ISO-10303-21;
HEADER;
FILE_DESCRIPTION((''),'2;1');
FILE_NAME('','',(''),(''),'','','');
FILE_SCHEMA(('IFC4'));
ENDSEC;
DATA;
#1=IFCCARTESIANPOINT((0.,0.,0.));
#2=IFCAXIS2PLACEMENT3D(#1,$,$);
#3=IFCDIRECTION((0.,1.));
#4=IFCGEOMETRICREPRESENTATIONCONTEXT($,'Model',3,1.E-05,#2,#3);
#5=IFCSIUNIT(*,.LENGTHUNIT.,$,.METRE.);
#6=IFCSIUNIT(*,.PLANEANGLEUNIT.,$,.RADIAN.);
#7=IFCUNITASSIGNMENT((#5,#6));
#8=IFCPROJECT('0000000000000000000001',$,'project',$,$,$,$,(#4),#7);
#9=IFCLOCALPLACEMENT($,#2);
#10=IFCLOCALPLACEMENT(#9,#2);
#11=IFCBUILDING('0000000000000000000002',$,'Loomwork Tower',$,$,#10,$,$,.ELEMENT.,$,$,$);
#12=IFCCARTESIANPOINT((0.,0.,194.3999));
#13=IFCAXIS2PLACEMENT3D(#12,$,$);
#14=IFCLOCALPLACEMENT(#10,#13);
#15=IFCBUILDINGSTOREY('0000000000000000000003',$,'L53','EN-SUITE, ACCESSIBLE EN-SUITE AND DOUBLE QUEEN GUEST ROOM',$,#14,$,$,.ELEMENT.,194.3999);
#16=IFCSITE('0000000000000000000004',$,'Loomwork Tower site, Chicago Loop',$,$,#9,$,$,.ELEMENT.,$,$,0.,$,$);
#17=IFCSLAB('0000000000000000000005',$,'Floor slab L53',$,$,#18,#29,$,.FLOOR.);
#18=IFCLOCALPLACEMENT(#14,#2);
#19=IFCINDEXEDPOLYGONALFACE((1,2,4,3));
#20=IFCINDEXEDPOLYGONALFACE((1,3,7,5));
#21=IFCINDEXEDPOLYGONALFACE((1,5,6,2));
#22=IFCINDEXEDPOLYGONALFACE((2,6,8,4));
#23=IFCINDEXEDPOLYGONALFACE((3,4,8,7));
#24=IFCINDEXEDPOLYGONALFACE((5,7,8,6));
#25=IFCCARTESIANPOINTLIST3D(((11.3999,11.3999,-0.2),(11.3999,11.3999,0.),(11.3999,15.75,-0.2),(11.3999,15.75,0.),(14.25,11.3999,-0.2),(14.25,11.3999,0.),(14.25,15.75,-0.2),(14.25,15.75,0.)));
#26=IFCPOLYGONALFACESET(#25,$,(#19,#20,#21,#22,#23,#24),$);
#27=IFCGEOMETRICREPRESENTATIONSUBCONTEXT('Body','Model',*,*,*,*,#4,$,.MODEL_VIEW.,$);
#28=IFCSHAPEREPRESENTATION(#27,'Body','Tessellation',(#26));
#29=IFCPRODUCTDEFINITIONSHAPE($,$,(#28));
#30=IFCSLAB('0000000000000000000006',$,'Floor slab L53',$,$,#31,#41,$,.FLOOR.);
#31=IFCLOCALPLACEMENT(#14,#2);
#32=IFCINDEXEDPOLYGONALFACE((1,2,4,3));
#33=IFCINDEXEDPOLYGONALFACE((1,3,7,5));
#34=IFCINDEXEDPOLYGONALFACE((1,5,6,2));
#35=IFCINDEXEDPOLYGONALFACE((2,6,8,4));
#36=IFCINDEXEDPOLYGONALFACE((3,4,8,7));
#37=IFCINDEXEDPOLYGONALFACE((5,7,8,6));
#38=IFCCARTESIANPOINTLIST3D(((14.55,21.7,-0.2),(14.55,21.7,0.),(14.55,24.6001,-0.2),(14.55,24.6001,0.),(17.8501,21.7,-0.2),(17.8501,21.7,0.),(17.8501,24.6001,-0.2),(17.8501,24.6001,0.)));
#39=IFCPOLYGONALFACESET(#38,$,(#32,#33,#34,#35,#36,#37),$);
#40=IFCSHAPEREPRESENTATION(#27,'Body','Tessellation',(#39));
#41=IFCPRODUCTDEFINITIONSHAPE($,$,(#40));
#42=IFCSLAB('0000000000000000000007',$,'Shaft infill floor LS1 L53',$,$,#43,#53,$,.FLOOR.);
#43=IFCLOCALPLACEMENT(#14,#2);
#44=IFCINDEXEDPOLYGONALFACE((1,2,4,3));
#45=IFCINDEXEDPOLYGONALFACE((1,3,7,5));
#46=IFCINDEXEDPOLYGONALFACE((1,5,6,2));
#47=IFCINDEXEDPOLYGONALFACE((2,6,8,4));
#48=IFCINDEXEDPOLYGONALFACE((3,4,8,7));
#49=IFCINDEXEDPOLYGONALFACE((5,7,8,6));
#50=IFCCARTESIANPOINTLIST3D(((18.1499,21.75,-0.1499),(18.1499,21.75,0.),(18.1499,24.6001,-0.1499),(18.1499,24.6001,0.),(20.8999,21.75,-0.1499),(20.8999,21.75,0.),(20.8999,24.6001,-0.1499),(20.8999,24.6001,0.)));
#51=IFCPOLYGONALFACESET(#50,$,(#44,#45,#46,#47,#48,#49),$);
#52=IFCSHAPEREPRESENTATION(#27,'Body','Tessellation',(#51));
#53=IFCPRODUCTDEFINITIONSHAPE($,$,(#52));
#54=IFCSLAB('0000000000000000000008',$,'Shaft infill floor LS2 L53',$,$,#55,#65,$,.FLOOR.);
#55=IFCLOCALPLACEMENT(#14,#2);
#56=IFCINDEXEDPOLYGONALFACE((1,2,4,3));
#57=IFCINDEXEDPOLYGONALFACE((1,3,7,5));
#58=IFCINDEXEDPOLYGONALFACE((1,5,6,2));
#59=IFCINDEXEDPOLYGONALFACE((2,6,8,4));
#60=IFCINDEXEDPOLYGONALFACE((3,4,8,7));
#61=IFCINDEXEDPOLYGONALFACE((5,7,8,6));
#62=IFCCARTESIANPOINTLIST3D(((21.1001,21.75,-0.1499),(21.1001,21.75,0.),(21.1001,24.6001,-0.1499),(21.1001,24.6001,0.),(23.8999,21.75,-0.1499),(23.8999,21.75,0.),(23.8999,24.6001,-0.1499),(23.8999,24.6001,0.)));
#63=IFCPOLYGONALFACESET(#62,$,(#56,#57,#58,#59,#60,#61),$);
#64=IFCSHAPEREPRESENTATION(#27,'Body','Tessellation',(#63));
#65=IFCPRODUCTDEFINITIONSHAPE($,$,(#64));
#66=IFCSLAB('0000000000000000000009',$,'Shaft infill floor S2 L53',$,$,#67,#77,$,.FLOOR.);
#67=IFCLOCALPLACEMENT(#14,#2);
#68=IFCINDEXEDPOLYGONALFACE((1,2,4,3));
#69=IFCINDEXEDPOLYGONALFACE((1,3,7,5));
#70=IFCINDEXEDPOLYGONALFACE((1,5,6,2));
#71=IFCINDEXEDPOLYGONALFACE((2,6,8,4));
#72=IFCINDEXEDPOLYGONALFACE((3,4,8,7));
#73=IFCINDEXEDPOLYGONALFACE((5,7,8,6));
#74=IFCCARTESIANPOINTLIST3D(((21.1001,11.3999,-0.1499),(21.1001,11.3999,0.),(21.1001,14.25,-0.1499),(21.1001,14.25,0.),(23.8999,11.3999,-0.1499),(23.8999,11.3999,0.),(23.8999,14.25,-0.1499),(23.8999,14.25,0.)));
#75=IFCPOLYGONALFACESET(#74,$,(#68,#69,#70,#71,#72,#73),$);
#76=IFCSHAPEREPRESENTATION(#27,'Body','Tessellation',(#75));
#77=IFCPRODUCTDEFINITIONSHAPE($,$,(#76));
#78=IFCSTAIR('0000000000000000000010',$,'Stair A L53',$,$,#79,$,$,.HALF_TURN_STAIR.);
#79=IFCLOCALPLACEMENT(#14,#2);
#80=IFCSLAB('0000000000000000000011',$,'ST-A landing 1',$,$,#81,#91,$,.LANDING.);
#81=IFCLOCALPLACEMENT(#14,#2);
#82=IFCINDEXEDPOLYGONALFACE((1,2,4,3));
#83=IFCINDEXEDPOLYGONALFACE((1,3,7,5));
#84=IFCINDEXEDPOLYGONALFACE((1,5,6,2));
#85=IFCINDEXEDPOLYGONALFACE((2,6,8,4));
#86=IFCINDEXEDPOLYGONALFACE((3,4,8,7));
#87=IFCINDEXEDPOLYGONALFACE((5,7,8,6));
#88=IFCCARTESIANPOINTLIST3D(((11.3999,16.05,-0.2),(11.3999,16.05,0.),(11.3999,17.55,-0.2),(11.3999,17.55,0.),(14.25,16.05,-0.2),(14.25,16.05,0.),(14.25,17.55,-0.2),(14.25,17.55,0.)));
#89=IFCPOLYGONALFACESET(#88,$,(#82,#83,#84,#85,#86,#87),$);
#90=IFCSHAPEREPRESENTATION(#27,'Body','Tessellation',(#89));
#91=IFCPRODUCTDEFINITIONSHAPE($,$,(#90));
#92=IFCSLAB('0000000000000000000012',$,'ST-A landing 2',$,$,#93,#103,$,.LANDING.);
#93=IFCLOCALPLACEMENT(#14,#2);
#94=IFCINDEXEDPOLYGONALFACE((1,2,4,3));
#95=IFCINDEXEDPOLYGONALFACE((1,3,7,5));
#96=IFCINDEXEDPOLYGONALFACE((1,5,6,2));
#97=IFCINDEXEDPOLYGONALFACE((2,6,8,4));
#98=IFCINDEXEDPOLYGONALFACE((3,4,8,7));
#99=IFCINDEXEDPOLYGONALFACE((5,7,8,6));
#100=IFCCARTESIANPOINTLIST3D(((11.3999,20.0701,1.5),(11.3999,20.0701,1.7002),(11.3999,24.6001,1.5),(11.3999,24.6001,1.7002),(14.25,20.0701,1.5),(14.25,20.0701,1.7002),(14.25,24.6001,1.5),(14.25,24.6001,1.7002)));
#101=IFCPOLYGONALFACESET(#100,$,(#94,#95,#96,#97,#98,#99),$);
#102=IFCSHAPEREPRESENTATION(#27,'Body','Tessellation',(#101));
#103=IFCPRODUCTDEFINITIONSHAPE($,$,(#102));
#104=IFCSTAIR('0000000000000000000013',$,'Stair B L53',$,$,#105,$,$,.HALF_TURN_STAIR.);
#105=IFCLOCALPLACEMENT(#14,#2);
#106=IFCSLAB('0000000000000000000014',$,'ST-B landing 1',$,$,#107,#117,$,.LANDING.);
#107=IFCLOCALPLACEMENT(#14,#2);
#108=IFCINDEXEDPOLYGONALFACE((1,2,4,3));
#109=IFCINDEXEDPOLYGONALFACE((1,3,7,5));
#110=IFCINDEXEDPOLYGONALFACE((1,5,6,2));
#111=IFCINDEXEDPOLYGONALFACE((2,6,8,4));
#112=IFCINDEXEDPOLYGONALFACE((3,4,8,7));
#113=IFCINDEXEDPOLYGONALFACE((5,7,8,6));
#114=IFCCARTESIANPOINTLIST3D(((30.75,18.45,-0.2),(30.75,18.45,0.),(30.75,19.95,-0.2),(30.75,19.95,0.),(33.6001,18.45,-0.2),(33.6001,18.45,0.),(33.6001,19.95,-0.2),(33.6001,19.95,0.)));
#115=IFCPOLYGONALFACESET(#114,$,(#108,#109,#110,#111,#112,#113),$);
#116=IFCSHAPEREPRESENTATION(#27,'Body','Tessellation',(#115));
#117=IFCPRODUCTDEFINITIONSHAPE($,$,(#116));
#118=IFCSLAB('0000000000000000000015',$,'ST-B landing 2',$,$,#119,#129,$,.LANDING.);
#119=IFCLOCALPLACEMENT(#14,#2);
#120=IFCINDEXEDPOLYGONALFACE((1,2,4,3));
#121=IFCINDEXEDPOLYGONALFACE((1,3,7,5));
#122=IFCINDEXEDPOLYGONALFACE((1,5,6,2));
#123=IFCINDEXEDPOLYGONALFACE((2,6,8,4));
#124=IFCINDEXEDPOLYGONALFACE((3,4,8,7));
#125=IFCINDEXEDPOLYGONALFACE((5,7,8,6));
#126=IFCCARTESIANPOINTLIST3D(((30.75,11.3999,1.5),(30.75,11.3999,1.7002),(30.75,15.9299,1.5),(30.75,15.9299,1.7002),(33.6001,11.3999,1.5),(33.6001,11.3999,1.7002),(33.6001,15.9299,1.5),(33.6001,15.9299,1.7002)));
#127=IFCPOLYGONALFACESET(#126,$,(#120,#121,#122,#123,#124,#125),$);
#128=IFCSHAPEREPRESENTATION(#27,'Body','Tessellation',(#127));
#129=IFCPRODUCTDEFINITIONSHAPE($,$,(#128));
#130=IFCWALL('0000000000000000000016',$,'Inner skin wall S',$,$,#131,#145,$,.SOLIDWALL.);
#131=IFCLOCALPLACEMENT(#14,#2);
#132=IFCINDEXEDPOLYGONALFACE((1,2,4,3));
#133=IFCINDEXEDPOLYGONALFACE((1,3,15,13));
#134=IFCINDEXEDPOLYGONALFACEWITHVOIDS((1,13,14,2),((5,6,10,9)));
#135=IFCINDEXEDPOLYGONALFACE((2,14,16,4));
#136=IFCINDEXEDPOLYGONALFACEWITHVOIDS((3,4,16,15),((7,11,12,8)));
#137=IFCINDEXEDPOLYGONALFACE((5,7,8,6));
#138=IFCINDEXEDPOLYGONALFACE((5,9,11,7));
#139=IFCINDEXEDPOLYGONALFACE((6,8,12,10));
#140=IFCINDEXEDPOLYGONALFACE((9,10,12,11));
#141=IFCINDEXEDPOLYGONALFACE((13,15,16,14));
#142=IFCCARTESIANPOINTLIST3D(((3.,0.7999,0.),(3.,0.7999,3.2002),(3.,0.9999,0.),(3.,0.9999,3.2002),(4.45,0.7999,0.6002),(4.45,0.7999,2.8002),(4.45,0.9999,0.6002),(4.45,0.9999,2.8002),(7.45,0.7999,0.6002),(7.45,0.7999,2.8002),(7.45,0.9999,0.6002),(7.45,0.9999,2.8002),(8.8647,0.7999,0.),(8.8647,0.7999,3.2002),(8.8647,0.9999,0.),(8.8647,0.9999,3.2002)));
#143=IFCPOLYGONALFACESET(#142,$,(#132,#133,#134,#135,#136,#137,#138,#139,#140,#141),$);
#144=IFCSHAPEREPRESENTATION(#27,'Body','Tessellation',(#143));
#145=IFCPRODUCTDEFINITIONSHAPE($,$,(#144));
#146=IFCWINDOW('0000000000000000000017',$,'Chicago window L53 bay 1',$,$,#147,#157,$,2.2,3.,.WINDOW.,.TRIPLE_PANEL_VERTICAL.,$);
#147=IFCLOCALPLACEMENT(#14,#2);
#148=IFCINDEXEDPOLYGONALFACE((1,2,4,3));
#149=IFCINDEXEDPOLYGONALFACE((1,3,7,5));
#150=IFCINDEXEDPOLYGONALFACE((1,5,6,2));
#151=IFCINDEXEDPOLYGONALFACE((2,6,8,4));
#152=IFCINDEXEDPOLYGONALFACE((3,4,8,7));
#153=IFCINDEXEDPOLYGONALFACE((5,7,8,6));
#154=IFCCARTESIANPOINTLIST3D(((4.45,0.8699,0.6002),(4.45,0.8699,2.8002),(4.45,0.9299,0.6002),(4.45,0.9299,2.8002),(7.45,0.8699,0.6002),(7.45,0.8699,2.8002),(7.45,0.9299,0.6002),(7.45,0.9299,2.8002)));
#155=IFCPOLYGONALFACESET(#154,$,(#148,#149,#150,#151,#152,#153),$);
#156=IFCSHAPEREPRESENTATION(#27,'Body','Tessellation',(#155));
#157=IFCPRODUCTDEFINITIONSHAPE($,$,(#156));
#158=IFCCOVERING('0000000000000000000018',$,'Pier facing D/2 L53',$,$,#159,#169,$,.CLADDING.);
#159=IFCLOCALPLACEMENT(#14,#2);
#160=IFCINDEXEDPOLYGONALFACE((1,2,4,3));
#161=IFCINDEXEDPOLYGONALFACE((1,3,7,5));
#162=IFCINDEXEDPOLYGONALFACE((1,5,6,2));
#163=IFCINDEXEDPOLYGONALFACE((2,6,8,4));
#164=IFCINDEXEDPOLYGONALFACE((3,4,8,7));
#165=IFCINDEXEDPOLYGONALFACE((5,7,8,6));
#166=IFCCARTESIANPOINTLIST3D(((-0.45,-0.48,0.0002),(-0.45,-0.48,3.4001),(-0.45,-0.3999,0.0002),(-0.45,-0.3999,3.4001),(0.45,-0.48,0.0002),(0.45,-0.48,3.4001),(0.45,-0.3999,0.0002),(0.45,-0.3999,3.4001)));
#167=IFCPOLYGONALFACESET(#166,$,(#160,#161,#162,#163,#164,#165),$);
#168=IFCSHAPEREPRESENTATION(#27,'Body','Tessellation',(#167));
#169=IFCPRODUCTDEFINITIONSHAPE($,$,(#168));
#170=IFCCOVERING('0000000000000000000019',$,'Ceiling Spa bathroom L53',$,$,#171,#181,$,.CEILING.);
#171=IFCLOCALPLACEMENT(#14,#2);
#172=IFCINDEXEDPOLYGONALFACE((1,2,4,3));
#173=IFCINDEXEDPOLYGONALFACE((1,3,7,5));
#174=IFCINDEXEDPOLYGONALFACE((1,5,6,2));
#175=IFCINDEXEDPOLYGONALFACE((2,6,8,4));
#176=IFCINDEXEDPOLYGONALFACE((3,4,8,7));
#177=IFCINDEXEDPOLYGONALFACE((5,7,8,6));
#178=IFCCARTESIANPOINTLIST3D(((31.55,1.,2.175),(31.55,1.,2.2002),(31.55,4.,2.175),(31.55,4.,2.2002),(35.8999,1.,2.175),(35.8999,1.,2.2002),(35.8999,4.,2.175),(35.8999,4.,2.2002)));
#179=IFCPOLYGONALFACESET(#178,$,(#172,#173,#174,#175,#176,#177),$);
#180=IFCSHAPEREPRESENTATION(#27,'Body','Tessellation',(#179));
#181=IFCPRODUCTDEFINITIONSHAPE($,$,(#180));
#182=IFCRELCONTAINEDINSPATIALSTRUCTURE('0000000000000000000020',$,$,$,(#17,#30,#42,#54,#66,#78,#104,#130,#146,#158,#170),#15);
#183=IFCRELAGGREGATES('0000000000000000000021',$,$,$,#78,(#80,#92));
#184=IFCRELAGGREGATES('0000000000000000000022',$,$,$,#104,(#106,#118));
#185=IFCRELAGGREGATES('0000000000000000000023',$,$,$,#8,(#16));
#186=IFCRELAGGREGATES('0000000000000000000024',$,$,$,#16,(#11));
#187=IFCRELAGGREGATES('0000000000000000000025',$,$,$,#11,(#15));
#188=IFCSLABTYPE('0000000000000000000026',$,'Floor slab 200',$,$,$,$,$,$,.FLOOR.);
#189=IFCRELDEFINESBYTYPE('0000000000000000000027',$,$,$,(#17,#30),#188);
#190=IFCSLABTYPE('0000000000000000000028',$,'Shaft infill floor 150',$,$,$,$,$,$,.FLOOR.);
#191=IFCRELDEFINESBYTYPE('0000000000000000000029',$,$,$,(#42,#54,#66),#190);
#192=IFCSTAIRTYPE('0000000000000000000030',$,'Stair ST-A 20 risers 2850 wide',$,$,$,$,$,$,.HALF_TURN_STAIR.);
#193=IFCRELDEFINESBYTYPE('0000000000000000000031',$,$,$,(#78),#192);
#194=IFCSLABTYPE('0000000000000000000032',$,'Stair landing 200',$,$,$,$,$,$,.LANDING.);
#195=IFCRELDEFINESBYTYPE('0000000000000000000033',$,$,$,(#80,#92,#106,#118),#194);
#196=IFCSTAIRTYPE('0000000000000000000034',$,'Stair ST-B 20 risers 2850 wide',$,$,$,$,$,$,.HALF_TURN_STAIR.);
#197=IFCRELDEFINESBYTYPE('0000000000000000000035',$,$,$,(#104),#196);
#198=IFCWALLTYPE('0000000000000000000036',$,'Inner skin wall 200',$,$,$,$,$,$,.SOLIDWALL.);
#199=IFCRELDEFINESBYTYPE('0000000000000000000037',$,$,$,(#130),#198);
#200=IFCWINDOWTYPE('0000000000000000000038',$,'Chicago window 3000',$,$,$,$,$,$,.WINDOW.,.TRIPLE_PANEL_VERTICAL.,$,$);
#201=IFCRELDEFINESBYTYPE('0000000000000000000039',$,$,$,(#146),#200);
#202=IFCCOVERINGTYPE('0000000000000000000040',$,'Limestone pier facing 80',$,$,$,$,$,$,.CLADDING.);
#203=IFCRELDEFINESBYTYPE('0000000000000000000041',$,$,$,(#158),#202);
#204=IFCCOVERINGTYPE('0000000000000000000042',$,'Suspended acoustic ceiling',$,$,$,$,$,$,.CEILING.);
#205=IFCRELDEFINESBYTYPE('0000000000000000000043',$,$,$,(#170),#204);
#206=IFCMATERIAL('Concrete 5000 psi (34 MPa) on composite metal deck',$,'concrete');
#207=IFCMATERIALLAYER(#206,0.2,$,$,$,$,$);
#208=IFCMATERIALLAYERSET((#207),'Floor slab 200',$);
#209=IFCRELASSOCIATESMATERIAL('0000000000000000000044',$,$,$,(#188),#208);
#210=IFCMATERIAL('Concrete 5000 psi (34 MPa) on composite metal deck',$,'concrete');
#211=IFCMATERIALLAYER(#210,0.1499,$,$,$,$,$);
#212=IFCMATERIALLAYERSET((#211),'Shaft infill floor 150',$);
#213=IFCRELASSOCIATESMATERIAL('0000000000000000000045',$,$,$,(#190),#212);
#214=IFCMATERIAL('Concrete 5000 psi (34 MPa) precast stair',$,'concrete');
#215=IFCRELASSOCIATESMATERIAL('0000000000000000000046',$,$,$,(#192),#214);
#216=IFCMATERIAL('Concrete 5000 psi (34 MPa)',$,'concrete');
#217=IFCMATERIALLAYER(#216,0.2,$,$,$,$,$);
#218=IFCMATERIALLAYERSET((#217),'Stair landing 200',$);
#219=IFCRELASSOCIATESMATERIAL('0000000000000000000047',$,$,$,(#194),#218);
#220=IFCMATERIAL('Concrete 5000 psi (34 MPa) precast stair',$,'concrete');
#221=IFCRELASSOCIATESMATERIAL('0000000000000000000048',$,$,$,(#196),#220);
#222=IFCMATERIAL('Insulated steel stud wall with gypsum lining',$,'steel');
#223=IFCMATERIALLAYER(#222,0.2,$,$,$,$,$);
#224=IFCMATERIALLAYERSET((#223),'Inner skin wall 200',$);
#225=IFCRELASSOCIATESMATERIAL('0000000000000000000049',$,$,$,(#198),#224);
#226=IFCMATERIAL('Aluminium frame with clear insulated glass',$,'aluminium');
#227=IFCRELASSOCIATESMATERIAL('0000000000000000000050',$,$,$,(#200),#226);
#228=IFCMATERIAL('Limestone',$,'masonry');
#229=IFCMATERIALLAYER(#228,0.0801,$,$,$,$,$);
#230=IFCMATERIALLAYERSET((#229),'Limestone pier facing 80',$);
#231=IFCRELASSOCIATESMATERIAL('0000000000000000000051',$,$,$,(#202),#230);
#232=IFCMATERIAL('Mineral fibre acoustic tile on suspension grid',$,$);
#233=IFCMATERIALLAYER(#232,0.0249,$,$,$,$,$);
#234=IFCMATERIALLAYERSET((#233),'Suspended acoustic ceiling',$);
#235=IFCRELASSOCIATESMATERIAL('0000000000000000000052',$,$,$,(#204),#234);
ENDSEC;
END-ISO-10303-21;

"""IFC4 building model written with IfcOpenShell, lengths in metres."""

from ifc_helpers import new_model, si_unit, direction, frame, frame_2d, origin, origin_2d, place, context, subcontext, project, spatial, polyline, rectangle, outline, extrude, material, layer, layer_set, type_object, element, fill, aggregate, save


model = new_model("IFC4")

# Units and contexts
model_context = context("Model", 3, precision=1e-05, world=origin(), true_north=direction((0.0, 1.0)))
body_context = subcontext(model_context, "Body", "Model", "MODEL_VIEW")
ifc_project = project(units=[si_unit("LENGTHUNIT", "METRE"), si_unit("PLANEANGLEUNIT", "RADIAN")], contexts=[model_context])

# Site, building, storey
site_placement = place(None, origin())
site = spatial("IfcSite", under=ifc_project, at=site_placement, Name="Loomwork Tower site, Chicago Loop", CompositionType="ELEMENT", RefElevation=0.0)
building_placement = place(site_placement, origin())
building = spatial("IfcBuilding", under=site, at=building_placement, Name="Loomwork Tower", CompositionType="ELEMENT")
storey_placement = place(building_placement, frame((0.0, 0.0, 194.3999)))
storey = spatial("IfcBuildingStorey", under=building, at=storey_placement, Name="L53", Description="EN-SUITE, ACCESSIBLE EN-SUITE AND DOUBLE QUEEN GUEST ROOM", CompositionType="ELEMENT", Elevation=194.3999)

# Slabs
ifc_material_1 = material(Name="Concrete 5000 psi (34 MPa) on composite metal deck", Category="concrete")
ifc_layer_1 = layer(ifc_material_1, 0.2)
ifc_layer_set_1 = layer_set([ifc_layer_1], Name="Floor slab 200")
slab_type_1 = type_object("IfcSlabType", Name="Floor slab 200", PredefinedType="FLOOR", material=ifc_layer_set_1)
slab_1_placement = place(storey_placement, frame((0.0, 0.0, -0.2)))
element("IfcSlab", 1, at=slab_1_placement, inside=storey, type_object=slab_type_1, Name="Floor slab L53", PredefinedType="FLOOR", context=body_context, shape_type="SweptSolid", body=[
    extrude(outline(polyline([(14.25, 15.75), (14.25, 11.3999), (11.3999, 11.3999), (11.3999, 15.75), (14.25, 15.75)])), origin(), (0.0, 0.0, 1.0), 0.2),
])
slab_2_placement = place(storey_placement, frame((0.0, 0.0, -0.2)))
element("IfcSlab", 2, at=slab_2_placement, inside=storey, type_object=slab_type_1, Name="Floor slab L53", PredefinedType="FLOOR", context=body_context, shape_type="SweptSolid", body=[
    extrude(outline(polyline([(14.55, 21.7), (14.55, 24.6001), (17.8501, 24.6001), (17.8501, 21.7), (14.55, 21.7)])), origin(), (0.0, 0.0, 1.0), 0.2),
])
ifc_material_2 = material(Name="Concrete 5000 psi (34 MPa) on composite metal deck", Category="concrete")
ifc_layer_2 = layer(ifc_material_2, 0.1499)
ifc_layer_set_2 = layer_set([ifc_layer_2], Name="Shaft infill floor 150")
slab_type_2 = type_object("IfcSlabType", Name="Shaft infill floor 150", PredefinedType="FLOOR", material=ifc_layer_set_2)
slab_3_placement = place(storey_placement, frame((0.0, 0.0, -0.1499)))
element("IfcSlab", 3, at=slab_3_placement, inside=storey, type_object=slab_type_2, Name="Shaft infill floor LS1 L53", PredefinedType="FLOOR", context=body_context, shape_type="SweptSolid", body=[
    extrude(outline(polyline([(18.1499, 21.75), (20.8999, 21.75), (20.8999, 24.6001), (18.1499, 24.6001), (18.1499, 21.75)])), origin(), (0.0, 0.0, 1.0), 0.1499),
])
slab_4_placement = place(storey_placement, frame((0.0, 0.0, -0.1499)))
element("IfcSlab", 4, at=slab_4_placement, inside=storey, type_object=slab_type_2, Name="Shaft infill floor LS2 L53", PredefinedType="FLOOR", context=body_context, shape_type="SweptSolid", body=[
    extrude(outline(polyline([(21.1001, 21.75), (23.8999, 21.75), (23.8999, 24.6001), (21.1001, 24.6001), (21.1001, 21.75)])), origin(), (0.0, 0.0, 1.0), 0.1499),
])
slab_5_placement = place(storey_placement, frame((0.0, 0.0, -0.1499)))
element("IfcSlab", 5, at=slab_5_placement, inside=storey, type_object=slab_type_2, Name="Shaft infill floor S2 L53", PredefinedType="FLOOR", context=body_context, shape_type="SweptSolid", body=[
    extrude(outline(polyline([(21.1001, 11.3999), (23.8999, 11.3999), (23.8999, 14.25), (21.1001, 14.25), (21.1001, 11.3999)])), origin(), (0.0, 0.0, 1.0), 0.1499),
])

# Stairs, slabs
ifc_material_3 = material(Name="Concrete 5000 psi (34 MPa) precast stair", Category="concrete")
stair_type_1 = type_object("IfcStairType", Name="Stair ST-A 20 risers 2850 wide", PredefinedType="HALF_TURN_STAIR", material=ifc_material_3)
stair_1_placement = place(storey_placement, origin())
stair_1 = element("IfcStair", 6, at=stair_1_placement, inside=storey, type_object=stair_type_1, Name="Stair A L53", PredefinedType="HALF_TURN_STAIR")
ifc_material_4 = material(Name="Concrete 5000 psi (34 MPa)", Category="concrete")
ifc_layer_3 = layer(ifc_material_4, 0.2)
ifc_layer_set_3 = layer_set([ifc_layer_3], Name="Stair landing 200")
slab_type_3 = type_object("IfcSlabType", Name="Stair landing 200", PredefinedType="LANDING", material=ifc_layer_set_3)
slab_6_placement = place(storey_placement, frame((0.0, 0.0, -0.2)))
slab_6 = element("IfcSlab", 7, at=slab_6_placement, type_object=slab_type_3, Name="ST-A landing 1", PredefinedType="LANDING", context=body_context, shape_type="SweptSolid", body=[
    extrude(outline(polyline([(11.3999, 16.05), (14.25, 16.05), (14.25, 17.55), (11.3999, 17.55), (11.3999, 16.05)])), origin(), (0.0, 0.0, 1.0), 0.2),
])
slab_7_placement = place(storey_placement, frame((0.0, 0.0, 1.5)))
slab_7 = element("IfcSlab", 8, at=slab_7_placement, type_object=slab_type_3, Name="ST-A landing 2", PredefinedType="LANDING", context=body_context, shape_type="SweptSolid", body=[
    extrude(outline(polyline([(11.3999, 20.0701), (14.25, 20.0701), (14.25, 24.6001), (11.3999, 24.6001), (11.3999, 20.0701)])), origin(), (0.0, 0.0, 1.0), 0.2002),
])
aggregate(stair_1, [slab_6, slab_7])
ifc_material_5 = material(Name="Concrete 5000 psi (34 MPa) precast stair", Category="concrete")
stair_type_2 = type_object("IfcStairType", Name="Stair ST-B 20 risers 2850 wide", PredefinedType="HALF_TURN_STAIR", material=ifc_material_5)
stair_2_placement = place(storey_placement, origin())
stair_2 = element("IfcStair", 9, at=stair_2_placement, inside=storey, type_object=stair_type_2, Name="Stair B L53", PredefinedType="HALF_TURN_STAIR")
slab_8_placement = place(storey_placement, frame((0.0, 0.0, -0.2)))
slab_8 = element("IfcSlab", 10, at=slab_8_placement, type_object=slab_type_3, Name="ST-B landing 1", PredefinedType="LANDING", context=body_context, shape_type="SweptSolid", body=[
    extrude(outline(polyline([(30.75, 18.45), (33.6001, 18.45), (33.6001, 19.95), (30.75, 19.95), (30.75, 18.45)])), origin(), (0.0, 0.0, 1.0), 0.2),
])
slab_9_placement = place(storey_placement, frame((0.0, 0.0, 1.5)))
slab_9 = element("IfcSlab", 11, at=slab_9_placement, type_object=slab_type_3, Name="ST-B landing 2", PredefinedType="LANDING", context=body_context, shape_type="SweptSolid", body=[
    extrude(outline(polyline([(30.75, 11.3999), (33.6001, 11.3999), (33.6001, 15.9299), (30.75, 15.9299), (30.75, 11.3999)])), origin(), (0.0, 0.0, 1.0), 0.2002),
])
aggregate(stair_2, [slab_8, slab_9])

# Wall, opening, window
ifc_material_6 = material(Name="Insulated steel stud wall with gypsum lining", Category="steel")
ifc_layer_4 = layer(ifc_material_6, 0.2)
ifc_layer_set_4 = layer_set([ifc_layer_4], Name="Inner skin wall 200")
wall_type = type_object("IfcWallType", Name="Inner skin wall 200", PredefinedType="SOLIDWALL", material=ifc_layer_set_4)
wall_placement = place(storey_placement, frame((3.0, 0.8999, 0.0), z_axis=(0.0, 0.0, 1.0), x_axis=(1.0, 0.0, 0.0)))
wall = element("IfcWall", 12, at=wall_placement, inside=storey, type_object=wall_type, Name="Inner skin wall S", PredefinedType="SOLIDWALL", context=body_context, shape_type="SweptSolid", body=[
    extrude(rectangle(XDim=5.8647, YDim=0.2, at=frame_2d((2.9324, 0.0))), origin(), (0.0, 0.0, 1.0), 3.2002),
])
opening_placement = place(wall_placement, frame((1.45, 0.0, 0.6001)))
opening = element("IfcOpeningElement", 13, at=opening_placement, cuts=wall, PredefinedType="OPENING", context=body_context, shape_type="SweptSolid", body=[
    extrude(rectangle(XDim=3.0, YDim=2.2, at=frame_2d((1.5, 1.1001))), frame((0.0, 0.1099, 0.0), z_axis=(0.0, -1.0, 0.0), x_axis=(1.0, 0.0, 0.0)), (0.0, 0.0, 1.0), 0.22),
])
ifc_material_7 = material(Name="Aluminium frame with clear insulated glass", Category="aluminium")
window_type = type_object("IfcWindowType", Name="Chicago window 3000", PartitioningType="TRIPLE_PANEL_VERTICAL", PredefinedType="WINDOW", material=ifc_material_7)
window_placement = place(opening_placement, origin())
window = element("IfcWindow", 14, at=window_placement, inside=storey, type_object=window_type, Name="Chicago window L53 bay 1", OverallHeight=2.2, OverallWidth=3.0, PartitioningType="TRIPLE_PANEL_VERTICAL", PredefinedType="WINDOW", context=body_context, shape_type="SweptSolid", body=[
    extrude(rectangle(XDim=3.0, YDim=2.2, at=frame_2d((1.5, 1.1001))), frame((0.0, 0.03, 0.0), z_axis=(0.0, -1.0, 0.0), x_axis=(1.0, 0.0, 0.0)), (0.0, 0.0, 1.0), 0.0601),
])
fill(opening, window)

# Coverings
ifc_material_8 = material(Name="Limestone", Category="masonry")
ifc_layer_5 = layer(ifc_material_8, 0.0801)
ifc_layer_set_5 = layer_set([ifc_layer_5], Name="Limestone pier facing 80")
covering_type_1 = type_object("IfcCoveringType", Name="Limestone pier facing 80", PredefinedType="CLADDING", material=ifc_layer_set_5)
covering_1_placement = place(storey_placement, frame((0.0, -0.4399, 0.0002), z_axis=(0.0, 0.0, 1.0), x_axis=(1.0, 0.0, 0.0)))
element("IfcCovering", 15, at=covering_1_placement, inside=storey, type_object=covering_type_1, Name="Pier facing D/2 L53", PredefinedType="CLADDING", context=body_context, shape_type="SweptSolid", body=[
    extrude(rectangle(XDim=0.8999, YDim=0.0801, at=origin_2d()), origin(), (0.0, 0.0, 1.0), 3.3999),
])
ifc_material_9 = material(Name="Mineral fibre acoustic tile on suspension grid")
ifc_layer_6 = layer(ifc_material_9, 0.0249)
ifc_layer_set_6 = layer_set([ifc_layer_6], Name="Suspended acoustic ceiling")
covering_type_2 = type_object("IfcCoveringType", Name="Suspended acoustic ceiling", PredefinedType="CEILING", material=ifc_layer_set_6)
covering_2_placement = place(storey_placement, frame((0.0, 0.0, 2.175)))
element("IfcCovering", 16, at=covering_2_placement, inside=storey, type_object=covering_type_2, Name="Ceiling Spa bathroom L53", PredefinedType="CEILING", context=body_context, shape_type="SweptSolid", body=[
    extrude(outline(polyline([(35.8999, 4.0), (35.8999, 1.0), (31.55, 1.0), (31.55, 4.0), (35.8999, 4.0)])), origin(), (0.0, 0.0, 1.0), 0.0251),
])

save(model, "model.ifc")
